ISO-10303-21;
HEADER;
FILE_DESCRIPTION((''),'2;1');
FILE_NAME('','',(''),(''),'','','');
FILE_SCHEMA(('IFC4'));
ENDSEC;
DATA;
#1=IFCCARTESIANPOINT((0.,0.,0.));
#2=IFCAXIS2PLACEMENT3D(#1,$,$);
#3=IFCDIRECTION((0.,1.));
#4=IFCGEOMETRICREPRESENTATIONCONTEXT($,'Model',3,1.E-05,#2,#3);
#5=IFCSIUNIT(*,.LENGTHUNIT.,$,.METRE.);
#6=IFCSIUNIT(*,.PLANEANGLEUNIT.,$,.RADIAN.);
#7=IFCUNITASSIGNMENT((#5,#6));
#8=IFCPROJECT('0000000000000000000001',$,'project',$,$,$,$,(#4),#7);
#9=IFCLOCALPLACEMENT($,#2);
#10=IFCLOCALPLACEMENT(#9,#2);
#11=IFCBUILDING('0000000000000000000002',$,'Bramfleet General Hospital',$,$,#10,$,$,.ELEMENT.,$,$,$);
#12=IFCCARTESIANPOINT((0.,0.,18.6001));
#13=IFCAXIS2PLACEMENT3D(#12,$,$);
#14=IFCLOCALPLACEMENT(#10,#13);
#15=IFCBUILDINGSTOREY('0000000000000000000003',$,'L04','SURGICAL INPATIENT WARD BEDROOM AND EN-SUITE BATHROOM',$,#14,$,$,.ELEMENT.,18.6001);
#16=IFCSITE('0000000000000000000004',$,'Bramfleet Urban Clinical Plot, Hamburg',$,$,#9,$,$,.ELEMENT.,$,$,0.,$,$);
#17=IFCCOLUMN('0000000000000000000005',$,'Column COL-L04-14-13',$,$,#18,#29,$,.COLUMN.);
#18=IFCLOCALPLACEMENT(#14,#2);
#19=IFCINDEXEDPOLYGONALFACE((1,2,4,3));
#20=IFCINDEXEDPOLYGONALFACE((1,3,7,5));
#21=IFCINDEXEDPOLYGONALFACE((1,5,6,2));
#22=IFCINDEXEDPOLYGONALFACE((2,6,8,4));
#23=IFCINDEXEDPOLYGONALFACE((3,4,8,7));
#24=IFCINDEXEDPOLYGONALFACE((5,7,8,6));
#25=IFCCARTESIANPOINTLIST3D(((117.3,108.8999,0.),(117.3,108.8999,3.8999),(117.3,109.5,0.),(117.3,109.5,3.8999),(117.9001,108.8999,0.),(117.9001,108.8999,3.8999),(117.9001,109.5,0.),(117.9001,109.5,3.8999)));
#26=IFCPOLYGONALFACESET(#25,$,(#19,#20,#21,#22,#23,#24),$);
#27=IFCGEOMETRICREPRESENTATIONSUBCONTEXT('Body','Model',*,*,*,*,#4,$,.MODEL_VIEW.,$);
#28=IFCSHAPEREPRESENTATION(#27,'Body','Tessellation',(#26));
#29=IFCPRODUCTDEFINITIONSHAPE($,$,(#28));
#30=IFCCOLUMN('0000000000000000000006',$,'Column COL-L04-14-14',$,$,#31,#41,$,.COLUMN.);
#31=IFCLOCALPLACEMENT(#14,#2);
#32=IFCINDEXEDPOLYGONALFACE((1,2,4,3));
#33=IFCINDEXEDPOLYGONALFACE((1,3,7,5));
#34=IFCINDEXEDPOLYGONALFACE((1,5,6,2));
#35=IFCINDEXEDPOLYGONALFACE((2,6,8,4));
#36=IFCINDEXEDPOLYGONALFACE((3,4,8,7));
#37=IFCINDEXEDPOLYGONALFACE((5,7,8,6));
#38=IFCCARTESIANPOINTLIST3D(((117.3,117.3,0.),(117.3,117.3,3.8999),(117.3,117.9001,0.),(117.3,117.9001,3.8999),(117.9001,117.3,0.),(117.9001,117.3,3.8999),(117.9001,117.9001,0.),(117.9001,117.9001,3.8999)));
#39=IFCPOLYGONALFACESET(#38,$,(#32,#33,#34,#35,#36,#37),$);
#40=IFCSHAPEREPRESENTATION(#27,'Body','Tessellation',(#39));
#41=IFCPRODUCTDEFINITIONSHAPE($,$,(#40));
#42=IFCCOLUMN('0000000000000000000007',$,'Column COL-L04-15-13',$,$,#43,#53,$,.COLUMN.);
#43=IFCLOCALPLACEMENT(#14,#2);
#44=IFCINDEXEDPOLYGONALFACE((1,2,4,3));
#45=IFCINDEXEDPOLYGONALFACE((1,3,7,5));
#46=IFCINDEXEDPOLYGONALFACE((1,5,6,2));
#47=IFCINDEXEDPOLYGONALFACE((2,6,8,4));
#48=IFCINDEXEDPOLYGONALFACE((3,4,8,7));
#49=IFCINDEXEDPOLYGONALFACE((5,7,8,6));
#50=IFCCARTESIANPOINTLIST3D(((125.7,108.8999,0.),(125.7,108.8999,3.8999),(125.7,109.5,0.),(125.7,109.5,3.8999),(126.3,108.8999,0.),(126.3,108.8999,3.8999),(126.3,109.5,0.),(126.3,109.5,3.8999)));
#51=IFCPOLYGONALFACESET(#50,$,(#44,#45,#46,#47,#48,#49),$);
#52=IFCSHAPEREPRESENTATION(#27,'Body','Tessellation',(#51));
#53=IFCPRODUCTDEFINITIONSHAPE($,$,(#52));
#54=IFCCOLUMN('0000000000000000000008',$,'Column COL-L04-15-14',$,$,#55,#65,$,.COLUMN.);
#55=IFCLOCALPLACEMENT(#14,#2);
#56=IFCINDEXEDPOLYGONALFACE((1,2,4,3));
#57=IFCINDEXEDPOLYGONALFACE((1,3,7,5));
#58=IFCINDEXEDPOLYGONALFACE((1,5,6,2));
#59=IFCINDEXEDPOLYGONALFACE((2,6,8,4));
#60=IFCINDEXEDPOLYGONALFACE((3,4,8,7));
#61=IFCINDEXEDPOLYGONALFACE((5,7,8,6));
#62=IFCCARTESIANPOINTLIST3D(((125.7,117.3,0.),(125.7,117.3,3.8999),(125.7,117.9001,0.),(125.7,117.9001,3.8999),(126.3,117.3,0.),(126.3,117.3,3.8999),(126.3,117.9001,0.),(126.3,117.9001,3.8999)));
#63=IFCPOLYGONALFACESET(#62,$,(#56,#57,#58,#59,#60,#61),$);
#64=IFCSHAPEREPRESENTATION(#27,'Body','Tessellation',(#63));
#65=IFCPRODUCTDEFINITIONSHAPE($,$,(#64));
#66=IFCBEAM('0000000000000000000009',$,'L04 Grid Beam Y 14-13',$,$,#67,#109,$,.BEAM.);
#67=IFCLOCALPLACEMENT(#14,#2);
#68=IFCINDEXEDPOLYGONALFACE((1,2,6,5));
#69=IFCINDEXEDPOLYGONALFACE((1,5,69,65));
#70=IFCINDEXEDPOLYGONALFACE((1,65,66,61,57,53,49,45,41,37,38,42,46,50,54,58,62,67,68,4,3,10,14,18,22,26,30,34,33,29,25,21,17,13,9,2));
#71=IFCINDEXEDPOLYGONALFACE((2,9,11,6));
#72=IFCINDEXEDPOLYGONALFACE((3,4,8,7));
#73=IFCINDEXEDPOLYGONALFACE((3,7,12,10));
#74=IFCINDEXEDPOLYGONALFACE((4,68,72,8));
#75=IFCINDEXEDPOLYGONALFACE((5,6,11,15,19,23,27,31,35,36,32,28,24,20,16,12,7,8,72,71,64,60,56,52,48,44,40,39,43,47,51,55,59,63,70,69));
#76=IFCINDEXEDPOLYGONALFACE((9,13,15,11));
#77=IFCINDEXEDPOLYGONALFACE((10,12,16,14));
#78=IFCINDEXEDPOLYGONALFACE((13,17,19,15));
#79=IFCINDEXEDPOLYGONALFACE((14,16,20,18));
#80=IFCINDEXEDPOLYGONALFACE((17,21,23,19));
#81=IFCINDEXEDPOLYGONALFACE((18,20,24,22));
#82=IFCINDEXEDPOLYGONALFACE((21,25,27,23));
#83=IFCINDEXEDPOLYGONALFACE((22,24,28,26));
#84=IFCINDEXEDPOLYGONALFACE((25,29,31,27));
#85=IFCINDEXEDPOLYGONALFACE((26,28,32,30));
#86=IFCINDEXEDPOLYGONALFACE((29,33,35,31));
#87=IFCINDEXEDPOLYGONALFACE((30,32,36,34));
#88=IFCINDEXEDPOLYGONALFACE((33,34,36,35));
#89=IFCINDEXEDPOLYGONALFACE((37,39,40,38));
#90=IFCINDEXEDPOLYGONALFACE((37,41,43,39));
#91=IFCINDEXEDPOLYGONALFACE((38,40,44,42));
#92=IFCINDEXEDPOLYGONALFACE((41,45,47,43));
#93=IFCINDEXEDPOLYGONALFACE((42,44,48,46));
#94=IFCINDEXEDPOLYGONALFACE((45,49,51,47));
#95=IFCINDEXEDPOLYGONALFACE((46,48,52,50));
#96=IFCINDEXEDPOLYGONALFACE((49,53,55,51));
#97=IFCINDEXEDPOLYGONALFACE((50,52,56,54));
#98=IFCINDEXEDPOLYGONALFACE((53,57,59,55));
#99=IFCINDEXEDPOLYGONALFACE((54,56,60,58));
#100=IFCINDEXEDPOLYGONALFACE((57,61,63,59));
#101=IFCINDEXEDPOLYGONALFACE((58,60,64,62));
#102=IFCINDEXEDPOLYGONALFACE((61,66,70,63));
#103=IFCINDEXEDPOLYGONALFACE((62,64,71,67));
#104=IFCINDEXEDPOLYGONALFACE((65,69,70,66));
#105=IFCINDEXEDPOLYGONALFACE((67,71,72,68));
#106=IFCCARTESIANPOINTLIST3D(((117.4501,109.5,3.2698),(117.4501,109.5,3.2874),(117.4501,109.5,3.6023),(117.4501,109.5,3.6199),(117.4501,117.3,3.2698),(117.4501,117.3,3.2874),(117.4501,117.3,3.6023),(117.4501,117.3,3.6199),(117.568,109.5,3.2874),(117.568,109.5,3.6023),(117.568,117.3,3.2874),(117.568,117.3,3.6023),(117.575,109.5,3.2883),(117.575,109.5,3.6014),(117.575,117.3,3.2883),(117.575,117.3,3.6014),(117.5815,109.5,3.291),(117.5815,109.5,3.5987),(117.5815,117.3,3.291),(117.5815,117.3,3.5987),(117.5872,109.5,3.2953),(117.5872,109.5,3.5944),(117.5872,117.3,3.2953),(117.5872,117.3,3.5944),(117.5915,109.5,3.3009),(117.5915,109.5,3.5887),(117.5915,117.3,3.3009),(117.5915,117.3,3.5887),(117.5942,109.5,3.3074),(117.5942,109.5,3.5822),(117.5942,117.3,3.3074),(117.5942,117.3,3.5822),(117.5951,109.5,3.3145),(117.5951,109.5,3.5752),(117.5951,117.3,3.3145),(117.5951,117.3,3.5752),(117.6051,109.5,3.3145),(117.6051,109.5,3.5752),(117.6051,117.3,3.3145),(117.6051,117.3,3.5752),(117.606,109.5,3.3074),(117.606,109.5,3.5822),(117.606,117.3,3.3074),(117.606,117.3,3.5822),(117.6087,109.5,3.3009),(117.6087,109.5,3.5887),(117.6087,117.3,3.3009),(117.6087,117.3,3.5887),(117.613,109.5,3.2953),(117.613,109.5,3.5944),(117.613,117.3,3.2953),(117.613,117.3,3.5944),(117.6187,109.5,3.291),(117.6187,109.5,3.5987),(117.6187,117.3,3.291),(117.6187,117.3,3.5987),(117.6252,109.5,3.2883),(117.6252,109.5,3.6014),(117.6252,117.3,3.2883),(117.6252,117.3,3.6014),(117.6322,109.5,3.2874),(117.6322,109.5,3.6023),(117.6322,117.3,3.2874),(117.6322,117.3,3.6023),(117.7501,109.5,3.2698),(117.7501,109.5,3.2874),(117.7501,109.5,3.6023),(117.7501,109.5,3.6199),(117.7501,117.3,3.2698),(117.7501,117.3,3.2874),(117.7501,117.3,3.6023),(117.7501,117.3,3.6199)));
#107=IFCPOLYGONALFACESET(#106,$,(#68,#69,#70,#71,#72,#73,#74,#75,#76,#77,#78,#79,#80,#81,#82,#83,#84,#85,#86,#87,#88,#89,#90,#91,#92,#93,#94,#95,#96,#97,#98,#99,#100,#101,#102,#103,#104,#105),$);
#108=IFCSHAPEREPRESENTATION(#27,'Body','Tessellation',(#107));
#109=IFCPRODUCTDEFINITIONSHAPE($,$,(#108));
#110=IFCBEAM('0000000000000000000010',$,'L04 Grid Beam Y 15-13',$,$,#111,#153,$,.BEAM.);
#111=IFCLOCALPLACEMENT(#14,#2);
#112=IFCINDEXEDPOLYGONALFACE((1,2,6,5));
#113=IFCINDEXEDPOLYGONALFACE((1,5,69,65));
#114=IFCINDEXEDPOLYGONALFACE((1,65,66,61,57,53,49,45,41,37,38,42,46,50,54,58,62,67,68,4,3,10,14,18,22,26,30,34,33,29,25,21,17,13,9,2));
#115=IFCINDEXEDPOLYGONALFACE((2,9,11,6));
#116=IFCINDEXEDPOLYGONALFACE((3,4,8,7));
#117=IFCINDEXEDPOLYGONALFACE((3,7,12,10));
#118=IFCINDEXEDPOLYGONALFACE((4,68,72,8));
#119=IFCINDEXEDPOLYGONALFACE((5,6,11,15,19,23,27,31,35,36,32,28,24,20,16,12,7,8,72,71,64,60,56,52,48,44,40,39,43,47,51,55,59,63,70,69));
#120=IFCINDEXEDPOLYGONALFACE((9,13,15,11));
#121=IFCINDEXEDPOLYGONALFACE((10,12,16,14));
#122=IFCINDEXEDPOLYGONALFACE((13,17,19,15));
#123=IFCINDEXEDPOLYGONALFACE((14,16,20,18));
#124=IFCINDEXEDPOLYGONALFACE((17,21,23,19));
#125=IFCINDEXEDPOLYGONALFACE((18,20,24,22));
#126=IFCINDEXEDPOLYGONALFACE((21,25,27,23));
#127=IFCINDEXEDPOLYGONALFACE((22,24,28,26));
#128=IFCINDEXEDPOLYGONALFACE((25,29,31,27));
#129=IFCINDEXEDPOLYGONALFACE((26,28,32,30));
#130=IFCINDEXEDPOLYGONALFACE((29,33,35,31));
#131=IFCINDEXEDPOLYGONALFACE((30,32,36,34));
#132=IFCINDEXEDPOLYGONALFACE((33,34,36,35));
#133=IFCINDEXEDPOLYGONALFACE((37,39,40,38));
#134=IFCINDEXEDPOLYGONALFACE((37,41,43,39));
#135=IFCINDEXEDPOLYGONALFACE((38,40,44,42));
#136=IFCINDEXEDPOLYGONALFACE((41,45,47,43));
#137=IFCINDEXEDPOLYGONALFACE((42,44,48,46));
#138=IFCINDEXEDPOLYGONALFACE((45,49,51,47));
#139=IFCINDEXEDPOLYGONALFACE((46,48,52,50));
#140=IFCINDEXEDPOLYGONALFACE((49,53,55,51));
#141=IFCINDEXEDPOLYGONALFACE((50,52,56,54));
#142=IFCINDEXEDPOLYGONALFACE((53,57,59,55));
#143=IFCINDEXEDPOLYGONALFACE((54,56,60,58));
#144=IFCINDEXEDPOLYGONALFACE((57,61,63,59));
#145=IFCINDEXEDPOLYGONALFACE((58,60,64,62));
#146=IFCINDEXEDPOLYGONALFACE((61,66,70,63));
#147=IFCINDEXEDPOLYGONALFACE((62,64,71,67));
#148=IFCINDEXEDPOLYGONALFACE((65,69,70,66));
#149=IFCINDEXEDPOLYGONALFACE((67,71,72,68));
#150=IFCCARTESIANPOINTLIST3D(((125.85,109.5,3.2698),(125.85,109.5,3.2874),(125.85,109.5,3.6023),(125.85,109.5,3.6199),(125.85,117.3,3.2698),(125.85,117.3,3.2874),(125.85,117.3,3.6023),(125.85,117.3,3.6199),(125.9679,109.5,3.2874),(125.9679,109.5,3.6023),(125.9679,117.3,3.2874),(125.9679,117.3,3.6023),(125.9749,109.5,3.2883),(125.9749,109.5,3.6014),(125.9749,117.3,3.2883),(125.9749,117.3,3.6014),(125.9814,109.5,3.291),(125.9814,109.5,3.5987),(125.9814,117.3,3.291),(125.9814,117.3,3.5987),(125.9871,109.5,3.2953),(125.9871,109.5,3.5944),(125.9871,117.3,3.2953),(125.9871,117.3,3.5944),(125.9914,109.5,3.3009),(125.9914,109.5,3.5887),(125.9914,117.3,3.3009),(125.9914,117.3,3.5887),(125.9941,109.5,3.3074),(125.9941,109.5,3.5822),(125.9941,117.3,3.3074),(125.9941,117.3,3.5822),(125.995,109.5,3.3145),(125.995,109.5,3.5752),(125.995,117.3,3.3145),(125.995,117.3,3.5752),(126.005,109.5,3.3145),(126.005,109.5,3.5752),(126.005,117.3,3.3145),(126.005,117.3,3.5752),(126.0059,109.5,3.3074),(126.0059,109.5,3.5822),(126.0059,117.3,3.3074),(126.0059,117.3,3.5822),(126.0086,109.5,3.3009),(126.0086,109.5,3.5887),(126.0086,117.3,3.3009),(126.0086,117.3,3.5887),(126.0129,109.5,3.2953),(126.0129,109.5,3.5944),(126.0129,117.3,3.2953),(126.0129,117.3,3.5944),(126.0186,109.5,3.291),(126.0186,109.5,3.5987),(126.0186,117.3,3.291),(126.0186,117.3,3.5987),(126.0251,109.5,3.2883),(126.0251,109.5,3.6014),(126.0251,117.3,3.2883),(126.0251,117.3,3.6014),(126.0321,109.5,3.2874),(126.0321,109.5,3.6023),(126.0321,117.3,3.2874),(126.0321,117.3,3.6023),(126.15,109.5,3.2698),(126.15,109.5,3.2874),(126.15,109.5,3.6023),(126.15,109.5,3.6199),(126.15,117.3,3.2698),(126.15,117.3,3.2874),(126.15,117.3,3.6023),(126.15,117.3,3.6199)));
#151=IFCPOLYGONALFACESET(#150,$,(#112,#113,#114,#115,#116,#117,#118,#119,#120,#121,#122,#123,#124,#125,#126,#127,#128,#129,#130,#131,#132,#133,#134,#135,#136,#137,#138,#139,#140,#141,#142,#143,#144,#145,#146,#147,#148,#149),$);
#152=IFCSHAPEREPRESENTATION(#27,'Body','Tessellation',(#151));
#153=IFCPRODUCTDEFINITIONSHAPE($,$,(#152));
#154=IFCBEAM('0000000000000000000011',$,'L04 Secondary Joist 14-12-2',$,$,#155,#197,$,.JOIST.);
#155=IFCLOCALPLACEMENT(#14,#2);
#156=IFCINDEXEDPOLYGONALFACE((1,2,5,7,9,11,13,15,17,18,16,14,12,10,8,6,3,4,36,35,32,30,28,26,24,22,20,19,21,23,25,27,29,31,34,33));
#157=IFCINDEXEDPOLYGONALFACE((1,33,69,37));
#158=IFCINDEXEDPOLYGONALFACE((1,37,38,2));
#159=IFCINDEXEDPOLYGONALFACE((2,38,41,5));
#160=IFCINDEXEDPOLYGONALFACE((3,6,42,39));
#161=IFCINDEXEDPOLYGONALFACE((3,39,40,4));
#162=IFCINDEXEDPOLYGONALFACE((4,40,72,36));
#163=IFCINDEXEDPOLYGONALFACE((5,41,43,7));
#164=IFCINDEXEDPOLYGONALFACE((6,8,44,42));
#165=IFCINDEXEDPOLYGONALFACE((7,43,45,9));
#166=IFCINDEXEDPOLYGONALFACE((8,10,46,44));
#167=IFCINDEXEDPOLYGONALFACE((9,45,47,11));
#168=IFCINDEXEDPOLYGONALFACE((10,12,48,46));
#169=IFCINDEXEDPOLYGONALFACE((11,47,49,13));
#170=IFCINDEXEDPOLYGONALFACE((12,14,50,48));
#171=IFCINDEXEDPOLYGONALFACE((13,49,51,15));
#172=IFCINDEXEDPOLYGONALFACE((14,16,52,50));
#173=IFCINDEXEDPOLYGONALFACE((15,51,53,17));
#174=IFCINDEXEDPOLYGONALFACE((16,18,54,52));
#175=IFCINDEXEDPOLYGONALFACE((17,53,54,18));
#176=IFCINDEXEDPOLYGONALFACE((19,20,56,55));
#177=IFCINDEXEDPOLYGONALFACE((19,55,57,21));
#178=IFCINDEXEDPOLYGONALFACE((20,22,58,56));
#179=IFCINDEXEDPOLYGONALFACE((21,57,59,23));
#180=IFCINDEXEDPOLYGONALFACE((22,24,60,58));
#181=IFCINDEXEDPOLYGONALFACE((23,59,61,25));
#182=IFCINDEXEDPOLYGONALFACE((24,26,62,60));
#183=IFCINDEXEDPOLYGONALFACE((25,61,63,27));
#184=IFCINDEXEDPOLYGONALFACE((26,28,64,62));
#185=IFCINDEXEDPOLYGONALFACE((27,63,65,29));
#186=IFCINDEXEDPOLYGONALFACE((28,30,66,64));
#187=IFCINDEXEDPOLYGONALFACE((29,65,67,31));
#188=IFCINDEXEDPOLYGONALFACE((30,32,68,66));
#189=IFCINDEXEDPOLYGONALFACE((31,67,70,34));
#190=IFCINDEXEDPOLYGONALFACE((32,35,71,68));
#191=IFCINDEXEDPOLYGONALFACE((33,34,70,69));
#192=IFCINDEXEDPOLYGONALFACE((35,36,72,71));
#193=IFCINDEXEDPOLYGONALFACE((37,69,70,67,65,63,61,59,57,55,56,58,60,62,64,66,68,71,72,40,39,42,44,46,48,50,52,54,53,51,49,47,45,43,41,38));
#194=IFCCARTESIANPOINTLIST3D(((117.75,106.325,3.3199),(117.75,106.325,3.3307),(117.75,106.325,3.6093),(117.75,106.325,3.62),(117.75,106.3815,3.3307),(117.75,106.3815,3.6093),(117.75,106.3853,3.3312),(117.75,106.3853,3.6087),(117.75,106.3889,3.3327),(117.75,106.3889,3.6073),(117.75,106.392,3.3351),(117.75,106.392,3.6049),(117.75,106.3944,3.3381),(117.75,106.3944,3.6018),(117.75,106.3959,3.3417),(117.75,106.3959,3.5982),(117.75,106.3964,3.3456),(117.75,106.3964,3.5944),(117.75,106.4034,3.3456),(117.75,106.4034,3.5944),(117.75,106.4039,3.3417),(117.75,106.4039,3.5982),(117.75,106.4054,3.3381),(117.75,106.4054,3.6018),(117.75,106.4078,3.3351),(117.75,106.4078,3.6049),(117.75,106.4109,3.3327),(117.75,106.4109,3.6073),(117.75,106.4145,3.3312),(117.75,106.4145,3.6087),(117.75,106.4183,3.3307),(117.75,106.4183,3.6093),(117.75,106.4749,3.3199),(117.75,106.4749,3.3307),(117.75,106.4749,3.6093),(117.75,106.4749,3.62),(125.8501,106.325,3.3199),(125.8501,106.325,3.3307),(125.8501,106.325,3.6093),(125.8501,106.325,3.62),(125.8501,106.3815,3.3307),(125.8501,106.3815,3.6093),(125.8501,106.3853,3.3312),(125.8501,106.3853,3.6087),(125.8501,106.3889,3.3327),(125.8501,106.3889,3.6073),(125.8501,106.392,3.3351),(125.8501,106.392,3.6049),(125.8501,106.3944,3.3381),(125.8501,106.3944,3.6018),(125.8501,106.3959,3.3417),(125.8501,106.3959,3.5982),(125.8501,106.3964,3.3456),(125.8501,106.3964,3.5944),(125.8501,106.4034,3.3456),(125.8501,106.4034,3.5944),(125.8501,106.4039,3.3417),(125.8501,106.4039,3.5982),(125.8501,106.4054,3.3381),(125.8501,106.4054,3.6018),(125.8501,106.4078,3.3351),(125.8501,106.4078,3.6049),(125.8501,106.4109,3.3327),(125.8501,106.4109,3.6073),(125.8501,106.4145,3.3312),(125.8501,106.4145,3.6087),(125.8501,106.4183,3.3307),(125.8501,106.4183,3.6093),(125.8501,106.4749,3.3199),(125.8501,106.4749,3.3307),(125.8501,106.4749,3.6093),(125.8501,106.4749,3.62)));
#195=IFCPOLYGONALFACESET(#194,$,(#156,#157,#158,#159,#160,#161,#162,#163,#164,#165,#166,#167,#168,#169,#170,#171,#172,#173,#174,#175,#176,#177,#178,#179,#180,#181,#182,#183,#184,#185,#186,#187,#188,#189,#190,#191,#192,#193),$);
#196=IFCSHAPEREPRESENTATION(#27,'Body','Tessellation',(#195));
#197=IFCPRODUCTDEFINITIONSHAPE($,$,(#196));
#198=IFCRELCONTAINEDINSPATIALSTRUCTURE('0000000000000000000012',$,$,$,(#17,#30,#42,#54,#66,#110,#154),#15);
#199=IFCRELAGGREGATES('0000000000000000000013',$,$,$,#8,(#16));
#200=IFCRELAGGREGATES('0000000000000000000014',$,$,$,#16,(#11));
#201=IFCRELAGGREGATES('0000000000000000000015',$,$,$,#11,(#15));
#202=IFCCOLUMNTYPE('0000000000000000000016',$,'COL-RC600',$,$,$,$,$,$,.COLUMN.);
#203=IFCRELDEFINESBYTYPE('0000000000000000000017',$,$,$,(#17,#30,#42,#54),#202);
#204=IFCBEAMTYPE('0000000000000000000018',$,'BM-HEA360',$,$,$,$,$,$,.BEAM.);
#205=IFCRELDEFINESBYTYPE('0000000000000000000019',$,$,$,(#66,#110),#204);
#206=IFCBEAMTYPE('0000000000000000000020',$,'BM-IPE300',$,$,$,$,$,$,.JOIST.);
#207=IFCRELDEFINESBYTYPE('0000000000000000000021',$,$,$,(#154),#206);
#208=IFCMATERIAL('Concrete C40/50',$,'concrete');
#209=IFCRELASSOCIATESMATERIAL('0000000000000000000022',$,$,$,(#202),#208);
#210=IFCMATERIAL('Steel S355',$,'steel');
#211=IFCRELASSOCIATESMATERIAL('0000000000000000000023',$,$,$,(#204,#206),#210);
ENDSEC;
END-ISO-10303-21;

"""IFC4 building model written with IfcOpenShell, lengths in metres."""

from ifc_helpers import new_model, si_unit, direction, frame, origin, origin_2d, place, context, subcontext, project, spatial, rectangle, i_section, extrude, material, material_profile, profile_set, type_object, element, save


model = new_model("IFC4")

# Units and contexts
model_context = context("Model", 3, precision=1e-05, world=origin(), true_north=direction((0.0, 1.0)))
body_context = subcontext(model_context, "Body", "Model", "MODEL_VIEW")
ifc_project = project(units=[si_unit("LENGTHUNIT", "METRE"), si_unit("PLANEANGLEUNIT", "RADIAN")], contexts=[model_context])

# Site, building, storey
site_placement = place(None, origin())
site = spatial("IfcSite", under=ifc_project, at=site_placement, Name="Bramfleet Urban Clinical Plot, Hamburg", CompositionType="ELEMENT", RefElevation=0.0)
building_placement = place(site_placement, origin())
building = spatial("IfcBuilding", under=site, at=building_placement, Name="Bramfleet General Hospital", CompositionType="ELEMENT")
storey_placement = place(building_placement, frame((0.0, 0.0, 18.6001)))
storey = spatial("IfcBuildingStorey", under=building, at=storey_placement, Name="L04", Description="SURGICAL INPATIENT WARD BEDROOM AND EN-SUITE BATHROOM", CompositionType="ELEMENT", Elevation=18.6001)

# Columns
ifc_material_1 = material(Name="Concrete C40/50", Category="concrete")
ifc_material_profile_1 = material_profile(ifc_material_1, rectangle(XDim=0.6001, YDim=0.6001, at=origin_2d()), Name="RC COL 600x600")
ifc_profile_set_1 = profile_set([ifc_material_profile_1], Name="Concrete C40/50")
column_type = type_object("IfcColumnType", Name="COL-RC600", PredefinedType="COLUMN", material=ifc_profile_set_1)
for number, where, z_axis, x_axis, name in (
    (1, (117.6001, 109.2, 0.0), (0.0, 0.0, 1.0), (1.0, 0.0, 0.0), "Column COL-L04-14-13"),
    (2, (117.6001, 117.6001, 0.0), (0.0, 0.0, 1.0), (1.0, 0.0, 0.0), "Column COL-L04-14-14"),
    (3, (126.0, 109.2, 0.0), (0.0, 0.0, 1.0), (1.0, 0.0, 0.0), "Column COL-L04-15-13"),
    (4, (126.0, 117.6001, 0.0), (0.0, 0.0, 1.0), (1.0, 0.0, 0.0), "Column COL-L04-15-14"),
):
    element("IfcColumn", number, at=place(storey_placement, frame(where, z_axis=z_axis, x_axis=x_axis)), inside=storey, type_object=column_type, Name=name, PredefinedType="COLUMN", context=body_context, shape_type="SweptSolid", body=[
        extrude(rectangle(XDim=0.6001, YDim=0.6001, at=origin_2d()), origin(), (0.0, 0.0, 1.0), 3.8999),
    ])

# Beams
ifc_material_2 = material(Name="Steel S355", Category="steel")
ifc_material_profile_2 = material_profile(ifc_material_2, i_section(OverallWidth=0.3, OverallDepth=0.3501, WebThickness=0.01, FlangeThickness=0.0176, FilletRadius=0.0271, at=origin_2d()), Name="HEA 360")
ifc_profile_set_2 = profile_set([ifc_material_profile_2], Name="Steel S355")
beam_type_1 = type_object("IfcBeamType", Name="BM-HEA360", PredefinedType="BEAM", material=ifc_profile_set_2)
for number, where, z_axis, x_axis, name in (
    (5, (117.6001, 109.5, 3.4448), (0.0, 1.0, 0.0), (-1.0, 0.0, 0.0), "L04 Grid Beam Y 14-13"),
    (6, (126.0, 109.5, 3.4448), (0.0, 1.0, 0.0), (-1.0, 0.0, 0.0), "L04 Grid Beam Y 15-13"),
):
    element("IfcBeam", number, at=place(storey_placement, frame(where, z_axis=z_axis, x_axis=x_axis)), inside=storey, type_object=beam_type_1, Name=name, PredefinedType="BEAM", context=body_context, shape_type="SweptSolid", body=[
        extrude(i_section(OverallWidth=0.3, OverallDepth=0.3501, WebThickness=0.01, FlangeThickness=0.0176, FilletRadius=0.0271, at=origin_2d()), origin(), (0.0, 0.0, 1.0), 7.8),
    ])
ifc_material_profile_3 = material_profile(ifc_material_2, i_section(OverallWidth=0.1499, OverallDepth=0.3, WebThickness=0.0071, FlangeThickness=0.0107, FilletRadius=0.0149, at=origin_2d()), Name="IPE 300")
ifc_profile_set_3 = profile_set([ifc_material_profile_3], Name="Steel S355")
beam_type_2 = type_object("IfcBeamType", Name="BM-IPE300", PredefinedType="JOIST", material=ifc_profile_set_3)
for number, where, z_axis, x_axis, name in (
    (7, (117.75, 106.3999, 3.47), (1.0, 0.0, 0.0), (0.0, 1.0, 0.0), "L04 Secondary Joist 14-12-2"),
):
    element("IfcBeam", number, at=place(storey_placement, frame(where, z_axis=z_axis, x_axis=x_axis)), inside=storey, type_object=beam_type_2, Name=name, PredefinedType="JOIST", context=body_context, shape_type="SweptSolid", body=[
        extrude(i_section(OverallWidth=0.1499, OverallDepth=0.3, WebThickness=0.0071, FlangeThickness=0.0107, FilletRadius=0.0149, at=origin_2d()), origin(), (0.0, 0.0, 1.0), 8.1001),
    ])

save(model, "model.ifc")
